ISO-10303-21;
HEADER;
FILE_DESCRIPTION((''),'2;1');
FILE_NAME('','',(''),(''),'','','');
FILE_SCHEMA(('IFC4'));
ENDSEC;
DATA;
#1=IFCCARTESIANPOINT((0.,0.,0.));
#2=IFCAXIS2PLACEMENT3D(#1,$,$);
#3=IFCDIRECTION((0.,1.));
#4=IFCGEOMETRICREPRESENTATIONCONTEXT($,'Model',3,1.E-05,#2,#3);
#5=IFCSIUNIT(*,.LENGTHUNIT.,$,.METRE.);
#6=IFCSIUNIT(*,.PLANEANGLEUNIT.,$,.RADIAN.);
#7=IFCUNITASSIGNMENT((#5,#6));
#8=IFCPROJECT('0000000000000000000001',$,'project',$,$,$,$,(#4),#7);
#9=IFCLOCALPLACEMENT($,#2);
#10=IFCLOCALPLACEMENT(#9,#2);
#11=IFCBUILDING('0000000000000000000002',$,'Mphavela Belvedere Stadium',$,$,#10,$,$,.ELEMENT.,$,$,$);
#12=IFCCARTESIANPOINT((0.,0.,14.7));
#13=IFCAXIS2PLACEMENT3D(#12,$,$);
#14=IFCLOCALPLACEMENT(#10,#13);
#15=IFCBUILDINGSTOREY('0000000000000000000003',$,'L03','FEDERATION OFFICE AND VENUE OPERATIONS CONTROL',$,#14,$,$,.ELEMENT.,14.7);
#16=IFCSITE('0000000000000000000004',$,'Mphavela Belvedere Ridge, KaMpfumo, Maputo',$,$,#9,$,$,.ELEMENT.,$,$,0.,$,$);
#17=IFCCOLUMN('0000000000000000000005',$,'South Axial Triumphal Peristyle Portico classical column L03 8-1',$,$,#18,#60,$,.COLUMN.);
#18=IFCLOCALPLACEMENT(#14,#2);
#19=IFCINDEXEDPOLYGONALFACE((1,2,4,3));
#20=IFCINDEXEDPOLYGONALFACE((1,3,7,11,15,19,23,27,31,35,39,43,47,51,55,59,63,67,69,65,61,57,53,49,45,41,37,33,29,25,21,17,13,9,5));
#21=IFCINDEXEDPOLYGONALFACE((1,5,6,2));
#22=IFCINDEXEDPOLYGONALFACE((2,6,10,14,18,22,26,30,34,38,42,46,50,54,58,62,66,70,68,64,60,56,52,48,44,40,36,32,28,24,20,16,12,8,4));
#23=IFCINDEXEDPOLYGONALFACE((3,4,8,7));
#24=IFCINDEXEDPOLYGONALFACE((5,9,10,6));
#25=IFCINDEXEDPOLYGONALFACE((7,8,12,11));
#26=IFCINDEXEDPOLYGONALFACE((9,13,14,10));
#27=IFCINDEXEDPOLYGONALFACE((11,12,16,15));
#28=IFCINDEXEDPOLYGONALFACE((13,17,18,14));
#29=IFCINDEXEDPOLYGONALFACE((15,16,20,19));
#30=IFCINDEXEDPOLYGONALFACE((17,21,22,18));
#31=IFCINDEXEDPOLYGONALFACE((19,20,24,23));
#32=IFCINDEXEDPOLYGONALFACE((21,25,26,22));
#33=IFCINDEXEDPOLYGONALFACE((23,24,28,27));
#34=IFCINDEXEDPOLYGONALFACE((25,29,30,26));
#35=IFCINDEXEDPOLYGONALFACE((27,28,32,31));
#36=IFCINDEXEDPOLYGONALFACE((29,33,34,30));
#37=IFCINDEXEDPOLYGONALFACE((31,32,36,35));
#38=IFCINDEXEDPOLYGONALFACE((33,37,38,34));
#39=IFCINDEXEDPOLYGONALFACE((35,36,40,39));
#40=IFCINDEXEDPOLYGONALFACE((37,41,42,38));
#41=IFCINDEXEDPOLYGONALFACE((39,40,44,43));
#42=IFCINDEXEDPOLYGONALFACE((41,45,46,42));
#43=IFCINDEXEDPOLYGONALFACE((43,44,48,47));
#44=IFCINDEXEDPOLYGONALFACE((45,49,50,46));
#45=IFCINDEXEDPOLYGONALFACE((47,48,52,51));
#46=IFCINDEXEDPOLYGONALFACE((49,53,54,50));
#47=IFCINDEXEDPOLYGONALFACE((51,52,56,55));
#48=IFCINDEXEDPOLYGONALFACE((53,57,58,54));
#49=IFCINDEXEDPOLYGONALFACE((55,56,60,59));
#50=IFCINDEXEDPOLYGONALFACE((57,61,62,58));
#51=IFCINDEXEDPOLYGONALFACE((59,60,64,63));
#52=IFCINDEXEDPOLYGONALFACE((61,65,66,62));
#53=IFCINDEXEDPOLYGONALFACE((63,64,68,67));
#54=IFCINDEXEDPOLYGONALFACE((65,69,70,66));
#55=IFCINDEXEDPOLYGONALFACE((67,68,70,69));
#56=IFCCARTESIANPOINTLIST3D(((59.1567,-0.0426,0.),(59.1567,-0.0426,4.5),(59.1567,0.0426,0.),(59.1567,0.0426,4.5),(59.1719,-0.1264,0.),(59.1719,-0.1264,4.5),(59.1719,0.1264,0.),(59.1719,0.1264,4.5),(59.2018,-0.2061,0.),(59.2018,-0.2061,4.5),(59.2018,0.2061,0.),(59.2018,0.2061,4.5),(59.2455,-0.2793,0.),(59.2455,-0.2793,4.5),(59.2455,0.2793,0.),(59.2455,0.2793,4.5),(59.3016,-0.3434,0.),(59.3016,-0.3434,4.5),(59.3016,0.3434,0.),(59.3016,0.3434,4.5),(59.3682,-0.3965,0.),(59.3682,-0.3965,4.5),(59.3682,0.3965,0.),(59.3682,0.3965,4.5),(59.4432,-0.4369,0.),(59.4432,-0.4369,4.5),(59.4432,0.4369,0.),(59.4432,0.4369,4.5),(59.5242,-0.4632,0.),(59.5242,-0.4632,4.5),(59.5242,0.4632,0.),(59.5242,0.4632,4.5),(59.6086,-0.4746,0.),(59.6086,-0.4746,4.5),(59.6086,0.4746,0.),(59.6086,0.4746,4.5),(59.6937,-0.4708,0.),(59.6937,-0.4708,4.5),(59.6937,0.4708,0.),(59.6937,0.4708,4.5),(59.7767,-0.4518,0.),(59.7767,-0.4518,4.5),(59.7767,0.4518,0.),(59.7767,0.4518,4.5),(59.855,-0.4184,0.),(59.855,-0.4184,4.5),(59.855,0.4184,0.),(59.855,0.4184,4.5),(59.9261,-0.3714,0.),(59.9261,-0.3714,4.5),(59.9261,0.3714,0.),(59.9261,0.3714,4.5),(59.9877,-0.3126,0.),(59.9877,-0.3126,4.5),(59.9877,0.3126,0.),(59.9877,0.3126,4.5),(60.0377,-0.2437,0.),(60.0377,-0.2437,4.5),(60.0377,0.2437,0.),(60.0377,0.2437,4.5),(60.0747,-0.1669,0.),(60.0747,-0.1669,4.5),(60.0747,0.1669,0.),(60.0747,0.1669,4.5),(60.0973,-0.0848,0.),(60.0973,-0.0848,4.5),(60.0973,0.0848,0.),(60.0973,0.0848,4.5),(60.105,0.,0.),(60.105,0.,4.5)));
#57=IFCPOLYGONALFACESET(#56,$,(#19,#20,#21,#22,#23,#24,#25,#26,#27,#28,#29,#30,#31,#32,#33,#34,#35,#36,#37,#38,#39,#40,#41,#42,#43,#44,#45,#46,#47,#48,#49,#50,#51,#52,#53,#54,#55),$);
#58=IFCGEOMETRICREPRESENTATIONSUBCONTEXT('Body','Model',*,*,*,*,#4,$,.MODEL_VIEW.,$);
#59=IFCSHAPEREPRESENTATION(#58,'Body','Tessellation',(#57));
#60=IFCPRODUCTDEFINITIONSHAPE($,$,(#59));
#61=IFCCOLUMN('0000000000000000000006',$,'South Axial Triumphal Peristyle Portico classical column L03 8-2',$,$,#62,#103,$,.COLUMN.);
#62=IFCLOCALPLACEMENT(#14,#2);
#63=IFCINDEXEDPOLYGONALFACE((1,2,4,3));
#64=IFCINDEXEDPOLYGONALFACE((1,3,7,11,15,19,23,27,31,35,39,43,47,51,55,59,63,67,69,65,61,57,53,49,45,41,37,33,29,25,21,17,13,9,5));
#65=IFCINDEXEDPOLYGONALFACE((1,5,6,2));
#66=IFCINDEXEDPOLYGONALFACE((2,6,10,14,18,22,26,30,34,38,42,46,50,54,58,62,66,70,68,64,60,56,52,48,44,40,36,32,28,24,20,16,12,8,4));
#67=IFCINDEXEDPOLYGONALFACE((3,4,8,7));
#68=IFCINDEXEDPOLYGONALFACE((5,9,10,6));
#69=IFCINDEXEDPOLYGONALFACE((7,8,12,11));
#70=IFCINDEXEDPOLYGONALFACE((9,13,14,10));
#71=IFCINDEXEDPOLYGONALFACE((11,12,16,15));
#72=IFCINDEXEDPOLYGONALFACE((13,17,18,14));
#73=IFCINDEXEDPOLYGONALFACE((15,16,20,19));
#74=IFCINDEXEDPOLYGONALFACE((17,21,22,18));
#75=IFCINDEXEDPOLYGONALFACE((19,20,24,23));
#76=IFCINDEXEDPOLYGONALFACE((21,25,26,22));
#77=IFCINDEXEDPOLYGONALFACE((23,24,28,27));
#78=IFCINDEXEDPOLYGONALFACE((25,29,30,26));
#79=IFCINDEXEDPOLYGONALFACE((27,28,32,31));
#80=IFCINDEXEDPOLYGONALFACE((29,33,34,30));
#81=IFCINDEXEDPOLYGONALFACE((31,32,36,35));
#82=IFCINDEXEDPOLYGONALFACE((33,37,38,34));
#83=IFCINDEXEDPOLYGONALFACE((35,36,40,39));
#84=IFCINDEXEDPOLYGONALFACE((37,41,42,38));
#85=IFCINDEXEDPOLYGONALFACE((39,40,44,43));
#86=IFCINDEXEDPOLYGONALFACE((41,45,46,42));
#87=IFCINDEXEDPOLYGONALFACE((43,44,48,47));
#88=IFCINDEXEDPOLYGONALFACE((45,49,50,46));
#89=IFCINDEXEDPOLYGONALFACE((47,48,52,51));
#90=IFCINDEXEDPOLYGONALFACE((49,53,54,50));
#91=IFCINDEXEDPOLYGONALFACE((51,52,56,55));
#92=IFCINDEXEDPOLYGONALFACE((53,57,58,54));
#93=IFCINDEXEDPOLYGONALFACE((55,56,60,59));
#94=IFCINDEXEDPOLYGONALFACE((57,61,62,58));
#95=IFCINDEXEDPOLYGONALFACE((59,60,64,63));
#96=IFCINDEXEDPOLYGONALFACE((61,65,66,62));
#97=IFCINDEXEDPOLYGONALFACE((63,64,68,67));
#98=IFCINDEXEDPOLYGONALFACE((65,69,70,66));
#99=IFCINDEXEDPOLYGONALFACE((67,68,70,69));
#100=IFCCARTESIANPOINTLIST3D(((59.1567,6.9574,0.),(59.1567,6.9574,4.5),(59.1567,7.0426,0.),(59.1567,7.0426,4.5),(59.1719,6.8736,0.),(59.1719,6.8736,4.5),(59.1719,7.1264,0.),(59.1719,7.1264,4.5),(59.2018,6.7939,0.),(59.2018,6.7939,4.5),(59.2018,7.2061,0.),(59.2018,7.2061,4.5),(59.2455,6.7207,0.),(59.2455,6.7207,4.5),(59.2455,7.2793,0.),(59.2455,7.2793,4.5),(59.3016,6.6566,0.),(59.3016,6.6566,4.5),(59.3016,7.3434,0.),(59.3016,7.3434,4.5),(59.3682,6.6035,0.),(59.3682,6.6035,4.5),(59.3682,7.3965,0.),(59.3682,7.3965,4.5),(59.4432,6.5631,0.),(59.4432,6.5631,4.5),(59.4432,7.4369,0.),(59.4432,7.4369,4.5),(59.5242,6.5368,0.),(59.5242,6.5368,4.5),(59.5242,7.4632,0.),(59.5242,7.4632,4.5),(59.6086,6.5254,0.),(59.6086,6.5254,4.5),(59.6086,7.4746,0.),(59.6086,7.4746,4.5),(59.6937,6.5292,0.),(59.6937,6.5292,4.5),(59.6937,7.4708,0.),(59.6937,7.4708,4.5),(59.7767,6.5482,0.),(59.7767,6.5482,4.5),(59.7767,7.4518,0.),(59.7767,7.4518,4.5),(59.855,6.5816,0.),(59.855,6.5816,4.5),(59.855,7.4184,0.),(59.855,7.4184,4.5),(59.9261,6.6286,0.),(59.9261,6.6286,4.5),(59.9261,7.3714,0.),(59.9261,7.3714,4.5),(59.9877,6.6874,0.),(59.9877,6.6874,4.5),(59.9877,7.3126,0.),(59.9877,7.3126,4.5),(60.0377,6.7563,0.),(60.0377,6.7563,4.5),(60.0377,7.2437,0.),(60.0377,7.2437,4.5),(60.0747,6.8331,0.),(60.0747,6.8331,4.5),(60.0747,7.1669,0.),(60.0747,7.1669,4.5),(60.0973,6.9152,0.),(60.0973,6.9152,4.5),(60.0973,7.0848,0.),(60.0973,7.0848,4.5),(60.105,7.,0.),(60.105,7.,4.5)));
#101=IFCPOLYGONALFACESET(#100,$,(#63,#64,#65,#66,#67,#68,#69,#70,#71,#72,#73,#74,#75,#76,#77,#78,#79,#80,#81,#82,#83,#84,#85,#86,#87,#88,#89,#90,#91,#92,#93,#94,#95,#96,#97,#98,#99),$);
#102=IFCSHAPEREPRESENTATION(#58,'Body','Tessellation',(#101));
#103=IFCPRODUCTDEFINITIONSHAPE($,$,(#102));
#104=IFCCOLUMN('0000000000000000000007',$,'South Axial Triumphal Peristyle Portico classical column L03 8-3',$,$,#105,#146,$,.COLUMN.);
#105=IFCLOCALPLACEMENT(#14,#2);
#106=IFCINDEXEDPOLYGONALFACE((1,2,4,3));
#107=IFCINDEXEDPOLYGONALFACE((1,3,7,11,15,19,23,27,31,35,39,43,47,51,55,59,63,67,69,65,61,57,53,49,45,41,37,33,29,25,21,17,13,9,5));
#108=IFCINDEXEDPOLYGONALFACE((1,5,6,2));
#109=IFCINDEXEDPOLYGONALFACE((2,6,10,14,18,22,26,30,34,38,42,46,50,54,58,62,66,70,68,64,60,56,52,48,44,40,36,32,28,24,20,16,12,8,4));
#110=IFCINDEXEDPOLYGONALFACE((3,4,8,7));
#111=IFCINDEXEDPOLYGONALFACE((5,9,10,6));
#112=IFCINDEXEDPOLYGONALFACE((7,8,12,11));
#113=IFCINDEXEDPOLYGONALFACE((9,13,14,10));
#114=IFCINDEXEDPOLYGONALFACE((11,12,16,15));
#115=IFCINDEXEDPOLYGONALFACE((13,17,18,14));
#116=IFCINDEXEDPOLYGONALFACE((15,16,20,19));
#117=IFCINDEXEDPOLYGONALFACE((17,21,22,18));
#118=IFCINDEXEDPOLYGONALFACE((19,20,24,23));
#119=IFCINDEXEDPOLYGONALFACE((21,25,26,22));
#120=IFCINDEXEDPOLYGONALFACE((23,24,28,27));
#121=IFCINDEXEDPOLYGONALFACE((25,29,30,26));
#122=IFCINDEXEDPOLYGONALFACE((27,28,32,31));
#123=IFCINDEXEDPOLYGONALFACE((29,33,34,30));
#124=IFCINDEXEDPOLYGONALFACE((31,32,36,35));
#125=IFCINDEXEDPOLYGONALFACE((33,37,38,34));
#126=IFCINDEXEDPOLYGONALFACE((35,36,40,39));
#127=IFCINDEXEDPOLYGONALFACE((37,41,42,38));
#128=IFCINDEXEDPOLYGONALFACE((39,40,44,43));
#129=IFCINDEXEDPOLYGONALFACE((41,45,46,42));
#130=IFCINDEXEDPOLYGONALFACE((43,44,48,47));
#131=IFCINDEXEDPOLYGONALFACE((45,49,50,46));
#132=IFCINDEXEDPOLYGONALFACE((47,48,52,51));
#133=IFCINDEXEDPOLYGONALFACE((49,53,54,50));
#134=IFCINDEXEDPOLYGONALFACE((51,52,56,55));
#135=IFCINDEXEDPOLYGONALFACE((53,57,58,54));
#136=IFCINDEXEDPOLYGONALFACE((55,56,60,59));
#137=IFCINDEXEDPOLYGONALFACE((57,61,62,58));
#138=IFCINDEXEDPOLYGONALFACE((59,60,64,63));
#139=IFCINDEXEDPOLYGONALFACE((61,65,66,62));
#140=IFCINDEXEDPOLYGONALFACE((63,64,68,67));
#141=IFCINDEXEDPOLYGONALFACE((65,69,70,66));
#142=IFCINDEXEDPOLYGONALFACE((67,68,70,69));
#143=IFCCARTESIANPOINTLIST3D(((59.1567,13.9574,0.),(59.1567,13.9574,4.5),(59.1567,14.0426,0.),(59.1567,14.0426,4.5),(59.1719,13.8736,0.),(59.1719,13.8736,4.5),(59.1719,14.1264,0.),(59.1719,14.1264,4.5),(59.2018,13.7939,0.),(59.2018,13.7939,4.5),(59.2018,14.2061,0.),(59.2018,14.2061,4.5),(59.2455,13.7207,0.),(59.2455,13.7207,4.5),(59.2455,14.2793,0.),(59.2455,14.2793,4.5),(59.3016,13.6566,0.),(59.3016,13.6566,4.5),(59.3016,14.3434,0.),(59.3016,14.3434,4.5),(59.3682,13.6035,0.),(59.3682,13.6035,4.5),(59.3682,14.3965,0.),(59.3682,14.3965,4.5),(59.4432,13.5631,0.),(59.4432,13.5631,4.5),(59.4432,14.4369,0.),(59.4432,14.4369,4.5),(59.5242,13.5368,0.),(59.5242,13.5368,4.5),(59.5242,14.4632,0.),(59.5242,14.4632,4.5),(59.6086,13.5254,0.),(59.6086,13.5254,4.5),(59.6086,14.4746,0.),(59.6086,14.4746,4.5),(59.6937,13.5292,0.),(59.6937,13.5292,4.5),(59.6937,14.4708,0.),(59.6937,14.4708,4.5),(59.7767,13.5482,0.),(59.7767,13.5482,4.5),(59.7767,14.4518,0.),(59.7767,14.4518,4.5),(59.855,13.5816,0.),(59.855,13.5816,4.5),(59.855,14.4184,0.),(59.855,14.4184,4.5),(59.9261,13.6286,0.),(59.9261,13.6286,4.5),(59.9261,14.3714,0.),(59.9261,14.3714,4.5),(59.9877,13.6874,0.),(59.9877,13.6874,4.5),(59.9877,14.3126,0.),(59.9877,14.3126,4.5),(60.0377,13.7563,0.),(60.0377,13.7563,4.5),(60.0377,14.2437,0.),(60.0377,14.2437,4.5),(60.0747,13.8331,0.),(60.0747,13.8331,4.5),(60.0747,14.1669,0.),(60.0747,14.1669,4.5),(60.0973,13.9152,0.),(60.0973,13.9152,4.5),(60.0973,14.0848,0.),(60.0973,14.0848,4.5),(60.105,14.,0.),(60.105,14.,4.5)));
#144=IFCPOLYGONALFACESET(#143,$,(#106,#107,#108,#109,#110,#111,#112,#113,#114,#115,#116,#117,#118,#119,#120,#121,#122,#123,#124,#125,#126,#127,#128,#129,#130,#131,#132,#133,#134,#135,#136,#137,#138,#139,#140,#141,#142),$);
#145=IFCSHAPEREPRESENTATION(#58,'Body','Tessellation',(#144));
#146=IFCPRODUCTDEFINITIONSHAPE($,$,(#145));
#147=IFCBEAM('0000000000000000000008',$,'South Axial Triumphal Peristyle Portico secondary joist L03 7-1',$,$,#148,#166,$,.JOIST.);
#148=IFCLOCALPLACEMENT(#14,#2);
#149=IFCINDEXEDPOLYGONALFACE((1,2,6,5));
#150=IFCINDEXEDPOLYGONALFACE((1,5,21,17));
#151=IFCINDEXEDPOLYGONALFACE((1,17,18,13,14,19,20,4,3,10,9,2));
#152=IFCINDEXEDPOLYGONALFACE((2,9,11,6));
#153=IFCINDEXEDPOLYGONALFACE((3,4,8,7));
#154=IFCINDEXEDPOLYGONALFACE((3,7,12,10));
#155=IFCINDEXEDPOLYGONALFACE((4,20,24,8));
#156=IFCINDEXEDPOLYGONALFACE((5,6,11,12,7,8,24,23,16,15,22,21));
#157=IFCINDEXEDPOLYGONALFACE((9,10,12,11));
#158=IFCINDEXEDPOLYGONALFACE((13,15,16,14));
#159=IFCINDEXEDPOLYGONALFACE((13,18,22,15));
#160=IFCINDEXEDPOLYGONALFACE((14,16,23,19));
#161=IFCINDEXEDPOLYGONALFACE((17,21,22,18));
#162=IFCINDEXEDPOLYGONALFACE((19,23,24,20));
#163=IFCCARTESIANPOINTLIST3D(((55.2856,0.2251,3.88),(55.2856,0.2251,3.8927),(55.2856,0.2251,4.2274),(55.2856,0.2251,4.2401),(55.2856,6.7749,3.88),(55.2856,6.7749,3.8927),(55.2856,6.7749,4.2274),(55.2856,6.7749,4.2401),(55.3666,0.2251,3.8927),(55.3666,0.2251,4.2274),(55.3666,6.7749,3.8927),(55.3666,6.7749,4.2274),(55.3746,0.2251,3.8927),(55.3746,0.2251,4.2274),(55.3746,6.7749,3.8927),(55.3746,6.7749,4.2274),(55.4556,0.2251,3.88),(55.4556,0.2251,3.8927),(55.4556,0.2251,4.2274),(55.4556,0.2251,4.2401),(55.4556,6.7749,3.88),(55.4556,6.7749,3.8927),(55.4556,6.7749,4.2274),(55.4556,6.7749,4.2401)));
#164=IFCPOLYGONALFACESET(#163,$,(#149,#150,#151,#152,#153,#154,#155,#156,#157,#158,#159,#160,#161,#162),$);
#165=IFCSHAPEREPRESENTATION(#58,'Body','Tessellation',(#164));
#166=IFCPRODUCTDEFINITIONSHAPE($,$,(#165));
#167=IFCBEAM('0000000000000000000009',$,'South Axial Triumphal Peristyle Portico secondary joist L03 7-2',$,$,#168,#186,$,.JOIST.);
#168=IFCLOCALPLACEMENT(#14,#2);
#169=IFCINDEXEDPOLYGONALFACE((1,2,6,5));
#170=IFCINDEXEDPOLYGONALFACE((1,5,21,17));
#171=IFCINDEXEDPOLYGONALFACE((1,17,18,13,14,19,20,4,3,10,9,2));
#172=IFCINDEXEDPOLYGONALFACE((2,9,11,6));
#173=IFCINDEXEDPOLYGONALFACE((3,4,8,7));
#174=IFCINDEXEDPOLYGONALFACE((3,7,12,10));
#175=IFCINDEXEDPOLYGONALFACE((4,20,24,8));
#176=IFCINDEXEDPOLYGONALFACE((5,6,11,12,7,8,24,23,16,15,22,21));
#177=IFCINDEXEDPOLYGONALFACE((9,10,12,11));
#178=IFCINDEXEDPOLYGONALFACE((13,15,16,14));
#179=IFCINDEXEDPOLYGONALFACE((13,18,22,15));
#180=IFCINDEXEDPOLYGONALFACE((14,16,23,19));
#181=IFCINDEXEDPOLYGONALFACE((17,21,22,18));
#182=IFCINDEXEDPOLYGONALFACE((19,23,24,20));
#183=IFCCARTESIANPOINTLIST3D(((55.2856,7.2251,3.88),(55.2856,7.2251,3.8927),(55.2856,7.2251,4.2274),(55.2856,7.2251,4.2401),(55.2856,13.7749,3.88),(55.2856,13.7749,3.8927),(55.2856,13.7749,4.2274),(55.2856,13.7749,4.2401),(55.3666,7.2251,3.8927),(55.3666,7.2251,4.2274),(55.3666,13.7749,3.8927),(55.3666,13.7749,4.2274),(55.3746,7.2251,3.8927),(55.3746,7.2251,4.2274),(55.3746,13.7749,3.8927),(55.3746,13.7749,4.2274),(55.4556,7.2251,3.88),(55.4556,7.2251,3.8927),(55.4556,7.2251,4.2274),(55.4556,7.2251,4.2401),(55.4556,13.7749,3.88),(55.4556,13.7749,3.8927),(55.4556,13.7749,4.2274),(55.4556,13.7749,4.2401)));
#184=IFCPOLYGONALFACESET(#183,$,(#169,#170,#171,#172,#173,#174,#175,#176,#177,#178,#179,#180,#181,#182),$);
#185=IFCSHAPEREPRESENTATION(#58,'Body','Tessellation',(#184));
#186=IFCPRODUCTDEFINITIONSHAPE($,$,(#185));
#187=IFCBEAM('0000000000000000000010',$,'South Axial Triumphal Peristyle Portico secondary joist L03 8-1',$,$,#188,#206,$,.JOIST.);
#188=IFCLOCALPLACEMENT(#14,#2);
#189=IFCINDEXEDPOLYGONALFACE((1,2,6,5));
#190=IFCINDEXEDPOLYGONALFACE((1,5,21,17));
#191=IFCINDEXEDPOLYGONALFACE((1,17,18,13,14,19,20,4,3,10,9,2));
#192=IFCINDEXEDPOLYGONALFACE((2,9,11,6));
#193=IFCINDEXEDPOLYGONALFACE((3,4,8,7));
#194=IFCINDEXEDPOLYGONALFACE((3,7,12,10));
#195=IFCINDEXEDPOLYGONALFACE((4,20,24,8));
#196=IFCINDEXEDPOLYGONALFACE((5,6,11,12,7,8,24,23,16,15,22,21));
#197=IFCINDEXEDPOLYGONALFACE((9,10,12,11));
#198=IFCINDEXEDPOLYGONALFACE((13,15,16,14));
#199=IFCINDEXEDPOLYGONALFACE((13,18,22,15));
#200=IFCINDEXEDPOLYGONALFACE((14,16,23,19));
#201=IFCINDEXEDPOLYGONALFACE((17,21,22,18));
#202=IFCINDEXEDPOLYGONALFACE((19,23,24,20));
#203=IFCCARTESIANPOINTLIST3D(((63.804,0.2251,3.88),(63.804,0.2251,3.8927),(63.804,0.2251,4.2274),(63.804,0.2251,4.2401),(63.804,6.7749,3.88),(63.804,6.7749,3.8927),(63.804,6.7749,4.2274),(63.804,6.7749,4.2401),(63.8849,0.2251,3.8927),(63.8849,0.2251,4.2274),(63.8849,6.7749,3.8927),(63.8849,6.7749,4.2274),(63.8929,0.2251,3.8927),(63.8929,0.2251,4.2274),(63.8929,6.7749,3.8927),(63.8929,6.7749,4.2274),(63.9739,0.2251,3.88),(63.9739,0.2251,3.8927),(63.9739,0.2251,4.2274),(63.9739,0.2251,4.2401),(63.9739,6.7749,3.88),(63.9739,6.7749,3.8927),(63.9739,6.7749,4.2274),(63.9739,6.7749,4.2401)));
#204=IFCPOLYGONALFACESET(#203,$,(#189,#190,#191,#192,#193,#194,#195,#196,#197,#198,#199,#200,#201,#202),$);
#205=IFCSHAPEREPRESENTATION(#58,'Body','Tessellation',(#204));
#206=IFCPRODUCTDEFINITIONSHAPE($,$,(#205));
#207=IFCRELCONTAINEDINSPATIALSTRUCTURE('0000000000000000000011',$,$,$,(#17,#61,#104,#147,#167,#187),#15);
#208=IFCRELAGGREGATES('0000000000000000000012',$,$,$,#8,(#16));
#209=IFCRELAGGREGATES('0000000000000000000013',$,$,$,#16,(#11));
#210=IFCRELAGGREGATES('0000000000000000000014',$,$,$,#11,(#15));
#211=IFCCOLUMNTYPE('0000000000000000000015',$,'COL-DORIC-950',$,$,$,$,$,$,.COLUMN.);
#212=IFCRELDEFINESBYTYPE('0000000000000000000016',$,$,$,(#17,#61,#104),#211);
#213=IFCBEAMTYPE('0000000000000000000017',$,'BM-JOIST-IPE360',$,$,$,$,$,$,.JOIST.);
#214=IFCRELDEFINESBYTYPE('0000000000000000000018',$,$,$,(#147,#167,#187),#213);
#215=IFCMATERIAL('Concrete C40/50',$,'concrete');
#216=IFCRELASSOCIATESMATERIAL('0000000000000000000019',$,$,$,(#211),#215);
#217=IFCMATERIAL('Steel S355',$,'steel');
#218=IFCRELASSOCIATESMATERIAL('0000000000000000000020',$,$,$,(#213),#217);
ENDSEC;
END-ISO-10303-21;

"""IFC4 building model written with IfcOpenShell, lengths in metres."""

from ifc_helpers import new_model, si_unit, direction, frame, origin, origin_2d, place, context, subcontext, project, spatial, circle, i_section, extrude, material, material_profile, profile_set, type_object, element, save


model = new_model("IFC4")

# Units and contexts
model_context = context("Model", 3, precision=1e-05, world=origin(), true_north=direction((0.0, 1.0)))
body_context = subcontext(model_context, "Body", "Model", "MODEL_VIEW")
ifc_project = project(units=[si_unit("LENGTHUNIT", "METRE"), si_unit("PLANEANGLEUNIT", "RADIAN")], contexts=[model_context])

# Site, building, storey
site_placement = place(None, origin())
site = spatial("IfcSite", under=ifc_project, at=site_placement, Name="Mphavela Belvedere Ridge, KaMpfumo, Maputo", CompositionType="ELEMENT", RefElevation=0.0)
building_placement = place(site_placement, origin())
building = spatial("IfcBuilding", under=site, at=building_placement, Name="Mphavela Belvedere Stadium", CompositionType="ELEMENT")
storey_placement = place(building_placement, frame((0.0, 0.0, 14.7)))
storey = spatial("IfcBuildingStorey", under=building, at=storey_placement, Name="L03", Description="FEDERATION OFFICE AND VENUE OPERATIONS CONTROL", CompositionType="ELEMENT", Elevation=14.7)

# Columns
ifc_material_1 = material(Name="Concrete C40/50", Category="concrete")
ifc_material_profile_1 = material_profile(ifc_material_1, circle(Radius=0.4751, at=origin_2d()), Name="COL D950")
ifc_profile_set_1 = profile_set([ifc_material_profile_1], Name="Concrete C40/50")
column_type = type_object("IfcColumnType", Name="COL-DORIC-950", PredefinedType="COLUMN", material=ifc_profile_set_1)
for number, where, z_axis, x_axis, name in (
    (1, (59.6299, 0.0, 0.0), (0.0, 0.0, 1.0), (1.0, 0.0, 0.0), "South Axial Triumphal Peristyle Portico classical column L03 8-1"),
    (2, (59.6299, 7.0, 0.0), (0.0, 0.0, 1.0), (1.0, 0.0, 0.0), "South Axial Triumphal Peristyle Portico classical column L03 8-2"),
    (3, (59.6299, 14.0, 0.0), (0.0, 0.0, 1.0), (1.0, 0.0, 0.0), "South Axial Triumphal Peristyle Portico classical column L03 8-3"),
):
    element("IfcColumn", number, at=place(storey_placement, frame(where, z_axis=z_axis, x_axis=x_axis)), inside=storey, type_object=column_type, Name=name, PredefinedType="COLUMN", context=body_context, shape_type="SweptSolid", body=[
        extrude(circle(Radius=0.4751, at=origin_2d()), origin(), (0.0, 0.0, 1.0), 4.5),
    ])

# Beams
ifc_material_2 = material(Name="Steel S355", Category="steel")
ifc_material_profile_2 = material_profile(ifc_material_2, i_section(OverallWidth=0.1699, OverallDepth=0.3601, WebThickness=0.0081, FlangeThickness=0.0127, at=origin_2d()), Name="IPE 360")
ifc_profile_set_2 = profile_set([ifc_material_profile_2], Name="Steel S355")
beam_type_1 = type_object("IfcBeamType", Name="BM-JOIST-IPE360", PredefinedType="JOIST", material=ifc_profile_set_2)
for number, where, z_axis, x_axis, name in (
    (4, (55.3706, 0.2251, 4.0601), (0.0, 1.0, 0.0), (-1.0, 0.0, 0.0), "South Axial Triumphal Peristyle Portico secondary joist L03 7-1"),
    (5, (55.3706, 7.2251, 4.0601), (0.0, 1.0, 0.0), (-1.0, 0.0, 0.0), "South Axial Triumphal Peristyle Portico secondary joist L03 7-2"),
    (6, (63.8889, 0.2251, 4.0601), (0.0, 1.0, 0.0), (-1.0, 0.0, 0.0), "South Axial Triumphal Peristyle Portico secondary joist L03 8-1"),
):
    element("IfcBeam", number, at=place(storey_placement, frame(where, z_axis=z_axis, x_axis=x_axis)), inside=storey, type_object=beam_type_1, Name=name, PredefinedType="JOIST", context=body_context, shape_type="SweptSolid", body=[
        extrude(i_section(OverallWidth=0.1699, OverallDepth=0.3601, WebThickness=0.0081, FlangeThickness=0.0127, at=origin_2d()), origin(), (0.0, 0.0, 1.0), 6.5498),
    ])

save(model, "model.ifc")
